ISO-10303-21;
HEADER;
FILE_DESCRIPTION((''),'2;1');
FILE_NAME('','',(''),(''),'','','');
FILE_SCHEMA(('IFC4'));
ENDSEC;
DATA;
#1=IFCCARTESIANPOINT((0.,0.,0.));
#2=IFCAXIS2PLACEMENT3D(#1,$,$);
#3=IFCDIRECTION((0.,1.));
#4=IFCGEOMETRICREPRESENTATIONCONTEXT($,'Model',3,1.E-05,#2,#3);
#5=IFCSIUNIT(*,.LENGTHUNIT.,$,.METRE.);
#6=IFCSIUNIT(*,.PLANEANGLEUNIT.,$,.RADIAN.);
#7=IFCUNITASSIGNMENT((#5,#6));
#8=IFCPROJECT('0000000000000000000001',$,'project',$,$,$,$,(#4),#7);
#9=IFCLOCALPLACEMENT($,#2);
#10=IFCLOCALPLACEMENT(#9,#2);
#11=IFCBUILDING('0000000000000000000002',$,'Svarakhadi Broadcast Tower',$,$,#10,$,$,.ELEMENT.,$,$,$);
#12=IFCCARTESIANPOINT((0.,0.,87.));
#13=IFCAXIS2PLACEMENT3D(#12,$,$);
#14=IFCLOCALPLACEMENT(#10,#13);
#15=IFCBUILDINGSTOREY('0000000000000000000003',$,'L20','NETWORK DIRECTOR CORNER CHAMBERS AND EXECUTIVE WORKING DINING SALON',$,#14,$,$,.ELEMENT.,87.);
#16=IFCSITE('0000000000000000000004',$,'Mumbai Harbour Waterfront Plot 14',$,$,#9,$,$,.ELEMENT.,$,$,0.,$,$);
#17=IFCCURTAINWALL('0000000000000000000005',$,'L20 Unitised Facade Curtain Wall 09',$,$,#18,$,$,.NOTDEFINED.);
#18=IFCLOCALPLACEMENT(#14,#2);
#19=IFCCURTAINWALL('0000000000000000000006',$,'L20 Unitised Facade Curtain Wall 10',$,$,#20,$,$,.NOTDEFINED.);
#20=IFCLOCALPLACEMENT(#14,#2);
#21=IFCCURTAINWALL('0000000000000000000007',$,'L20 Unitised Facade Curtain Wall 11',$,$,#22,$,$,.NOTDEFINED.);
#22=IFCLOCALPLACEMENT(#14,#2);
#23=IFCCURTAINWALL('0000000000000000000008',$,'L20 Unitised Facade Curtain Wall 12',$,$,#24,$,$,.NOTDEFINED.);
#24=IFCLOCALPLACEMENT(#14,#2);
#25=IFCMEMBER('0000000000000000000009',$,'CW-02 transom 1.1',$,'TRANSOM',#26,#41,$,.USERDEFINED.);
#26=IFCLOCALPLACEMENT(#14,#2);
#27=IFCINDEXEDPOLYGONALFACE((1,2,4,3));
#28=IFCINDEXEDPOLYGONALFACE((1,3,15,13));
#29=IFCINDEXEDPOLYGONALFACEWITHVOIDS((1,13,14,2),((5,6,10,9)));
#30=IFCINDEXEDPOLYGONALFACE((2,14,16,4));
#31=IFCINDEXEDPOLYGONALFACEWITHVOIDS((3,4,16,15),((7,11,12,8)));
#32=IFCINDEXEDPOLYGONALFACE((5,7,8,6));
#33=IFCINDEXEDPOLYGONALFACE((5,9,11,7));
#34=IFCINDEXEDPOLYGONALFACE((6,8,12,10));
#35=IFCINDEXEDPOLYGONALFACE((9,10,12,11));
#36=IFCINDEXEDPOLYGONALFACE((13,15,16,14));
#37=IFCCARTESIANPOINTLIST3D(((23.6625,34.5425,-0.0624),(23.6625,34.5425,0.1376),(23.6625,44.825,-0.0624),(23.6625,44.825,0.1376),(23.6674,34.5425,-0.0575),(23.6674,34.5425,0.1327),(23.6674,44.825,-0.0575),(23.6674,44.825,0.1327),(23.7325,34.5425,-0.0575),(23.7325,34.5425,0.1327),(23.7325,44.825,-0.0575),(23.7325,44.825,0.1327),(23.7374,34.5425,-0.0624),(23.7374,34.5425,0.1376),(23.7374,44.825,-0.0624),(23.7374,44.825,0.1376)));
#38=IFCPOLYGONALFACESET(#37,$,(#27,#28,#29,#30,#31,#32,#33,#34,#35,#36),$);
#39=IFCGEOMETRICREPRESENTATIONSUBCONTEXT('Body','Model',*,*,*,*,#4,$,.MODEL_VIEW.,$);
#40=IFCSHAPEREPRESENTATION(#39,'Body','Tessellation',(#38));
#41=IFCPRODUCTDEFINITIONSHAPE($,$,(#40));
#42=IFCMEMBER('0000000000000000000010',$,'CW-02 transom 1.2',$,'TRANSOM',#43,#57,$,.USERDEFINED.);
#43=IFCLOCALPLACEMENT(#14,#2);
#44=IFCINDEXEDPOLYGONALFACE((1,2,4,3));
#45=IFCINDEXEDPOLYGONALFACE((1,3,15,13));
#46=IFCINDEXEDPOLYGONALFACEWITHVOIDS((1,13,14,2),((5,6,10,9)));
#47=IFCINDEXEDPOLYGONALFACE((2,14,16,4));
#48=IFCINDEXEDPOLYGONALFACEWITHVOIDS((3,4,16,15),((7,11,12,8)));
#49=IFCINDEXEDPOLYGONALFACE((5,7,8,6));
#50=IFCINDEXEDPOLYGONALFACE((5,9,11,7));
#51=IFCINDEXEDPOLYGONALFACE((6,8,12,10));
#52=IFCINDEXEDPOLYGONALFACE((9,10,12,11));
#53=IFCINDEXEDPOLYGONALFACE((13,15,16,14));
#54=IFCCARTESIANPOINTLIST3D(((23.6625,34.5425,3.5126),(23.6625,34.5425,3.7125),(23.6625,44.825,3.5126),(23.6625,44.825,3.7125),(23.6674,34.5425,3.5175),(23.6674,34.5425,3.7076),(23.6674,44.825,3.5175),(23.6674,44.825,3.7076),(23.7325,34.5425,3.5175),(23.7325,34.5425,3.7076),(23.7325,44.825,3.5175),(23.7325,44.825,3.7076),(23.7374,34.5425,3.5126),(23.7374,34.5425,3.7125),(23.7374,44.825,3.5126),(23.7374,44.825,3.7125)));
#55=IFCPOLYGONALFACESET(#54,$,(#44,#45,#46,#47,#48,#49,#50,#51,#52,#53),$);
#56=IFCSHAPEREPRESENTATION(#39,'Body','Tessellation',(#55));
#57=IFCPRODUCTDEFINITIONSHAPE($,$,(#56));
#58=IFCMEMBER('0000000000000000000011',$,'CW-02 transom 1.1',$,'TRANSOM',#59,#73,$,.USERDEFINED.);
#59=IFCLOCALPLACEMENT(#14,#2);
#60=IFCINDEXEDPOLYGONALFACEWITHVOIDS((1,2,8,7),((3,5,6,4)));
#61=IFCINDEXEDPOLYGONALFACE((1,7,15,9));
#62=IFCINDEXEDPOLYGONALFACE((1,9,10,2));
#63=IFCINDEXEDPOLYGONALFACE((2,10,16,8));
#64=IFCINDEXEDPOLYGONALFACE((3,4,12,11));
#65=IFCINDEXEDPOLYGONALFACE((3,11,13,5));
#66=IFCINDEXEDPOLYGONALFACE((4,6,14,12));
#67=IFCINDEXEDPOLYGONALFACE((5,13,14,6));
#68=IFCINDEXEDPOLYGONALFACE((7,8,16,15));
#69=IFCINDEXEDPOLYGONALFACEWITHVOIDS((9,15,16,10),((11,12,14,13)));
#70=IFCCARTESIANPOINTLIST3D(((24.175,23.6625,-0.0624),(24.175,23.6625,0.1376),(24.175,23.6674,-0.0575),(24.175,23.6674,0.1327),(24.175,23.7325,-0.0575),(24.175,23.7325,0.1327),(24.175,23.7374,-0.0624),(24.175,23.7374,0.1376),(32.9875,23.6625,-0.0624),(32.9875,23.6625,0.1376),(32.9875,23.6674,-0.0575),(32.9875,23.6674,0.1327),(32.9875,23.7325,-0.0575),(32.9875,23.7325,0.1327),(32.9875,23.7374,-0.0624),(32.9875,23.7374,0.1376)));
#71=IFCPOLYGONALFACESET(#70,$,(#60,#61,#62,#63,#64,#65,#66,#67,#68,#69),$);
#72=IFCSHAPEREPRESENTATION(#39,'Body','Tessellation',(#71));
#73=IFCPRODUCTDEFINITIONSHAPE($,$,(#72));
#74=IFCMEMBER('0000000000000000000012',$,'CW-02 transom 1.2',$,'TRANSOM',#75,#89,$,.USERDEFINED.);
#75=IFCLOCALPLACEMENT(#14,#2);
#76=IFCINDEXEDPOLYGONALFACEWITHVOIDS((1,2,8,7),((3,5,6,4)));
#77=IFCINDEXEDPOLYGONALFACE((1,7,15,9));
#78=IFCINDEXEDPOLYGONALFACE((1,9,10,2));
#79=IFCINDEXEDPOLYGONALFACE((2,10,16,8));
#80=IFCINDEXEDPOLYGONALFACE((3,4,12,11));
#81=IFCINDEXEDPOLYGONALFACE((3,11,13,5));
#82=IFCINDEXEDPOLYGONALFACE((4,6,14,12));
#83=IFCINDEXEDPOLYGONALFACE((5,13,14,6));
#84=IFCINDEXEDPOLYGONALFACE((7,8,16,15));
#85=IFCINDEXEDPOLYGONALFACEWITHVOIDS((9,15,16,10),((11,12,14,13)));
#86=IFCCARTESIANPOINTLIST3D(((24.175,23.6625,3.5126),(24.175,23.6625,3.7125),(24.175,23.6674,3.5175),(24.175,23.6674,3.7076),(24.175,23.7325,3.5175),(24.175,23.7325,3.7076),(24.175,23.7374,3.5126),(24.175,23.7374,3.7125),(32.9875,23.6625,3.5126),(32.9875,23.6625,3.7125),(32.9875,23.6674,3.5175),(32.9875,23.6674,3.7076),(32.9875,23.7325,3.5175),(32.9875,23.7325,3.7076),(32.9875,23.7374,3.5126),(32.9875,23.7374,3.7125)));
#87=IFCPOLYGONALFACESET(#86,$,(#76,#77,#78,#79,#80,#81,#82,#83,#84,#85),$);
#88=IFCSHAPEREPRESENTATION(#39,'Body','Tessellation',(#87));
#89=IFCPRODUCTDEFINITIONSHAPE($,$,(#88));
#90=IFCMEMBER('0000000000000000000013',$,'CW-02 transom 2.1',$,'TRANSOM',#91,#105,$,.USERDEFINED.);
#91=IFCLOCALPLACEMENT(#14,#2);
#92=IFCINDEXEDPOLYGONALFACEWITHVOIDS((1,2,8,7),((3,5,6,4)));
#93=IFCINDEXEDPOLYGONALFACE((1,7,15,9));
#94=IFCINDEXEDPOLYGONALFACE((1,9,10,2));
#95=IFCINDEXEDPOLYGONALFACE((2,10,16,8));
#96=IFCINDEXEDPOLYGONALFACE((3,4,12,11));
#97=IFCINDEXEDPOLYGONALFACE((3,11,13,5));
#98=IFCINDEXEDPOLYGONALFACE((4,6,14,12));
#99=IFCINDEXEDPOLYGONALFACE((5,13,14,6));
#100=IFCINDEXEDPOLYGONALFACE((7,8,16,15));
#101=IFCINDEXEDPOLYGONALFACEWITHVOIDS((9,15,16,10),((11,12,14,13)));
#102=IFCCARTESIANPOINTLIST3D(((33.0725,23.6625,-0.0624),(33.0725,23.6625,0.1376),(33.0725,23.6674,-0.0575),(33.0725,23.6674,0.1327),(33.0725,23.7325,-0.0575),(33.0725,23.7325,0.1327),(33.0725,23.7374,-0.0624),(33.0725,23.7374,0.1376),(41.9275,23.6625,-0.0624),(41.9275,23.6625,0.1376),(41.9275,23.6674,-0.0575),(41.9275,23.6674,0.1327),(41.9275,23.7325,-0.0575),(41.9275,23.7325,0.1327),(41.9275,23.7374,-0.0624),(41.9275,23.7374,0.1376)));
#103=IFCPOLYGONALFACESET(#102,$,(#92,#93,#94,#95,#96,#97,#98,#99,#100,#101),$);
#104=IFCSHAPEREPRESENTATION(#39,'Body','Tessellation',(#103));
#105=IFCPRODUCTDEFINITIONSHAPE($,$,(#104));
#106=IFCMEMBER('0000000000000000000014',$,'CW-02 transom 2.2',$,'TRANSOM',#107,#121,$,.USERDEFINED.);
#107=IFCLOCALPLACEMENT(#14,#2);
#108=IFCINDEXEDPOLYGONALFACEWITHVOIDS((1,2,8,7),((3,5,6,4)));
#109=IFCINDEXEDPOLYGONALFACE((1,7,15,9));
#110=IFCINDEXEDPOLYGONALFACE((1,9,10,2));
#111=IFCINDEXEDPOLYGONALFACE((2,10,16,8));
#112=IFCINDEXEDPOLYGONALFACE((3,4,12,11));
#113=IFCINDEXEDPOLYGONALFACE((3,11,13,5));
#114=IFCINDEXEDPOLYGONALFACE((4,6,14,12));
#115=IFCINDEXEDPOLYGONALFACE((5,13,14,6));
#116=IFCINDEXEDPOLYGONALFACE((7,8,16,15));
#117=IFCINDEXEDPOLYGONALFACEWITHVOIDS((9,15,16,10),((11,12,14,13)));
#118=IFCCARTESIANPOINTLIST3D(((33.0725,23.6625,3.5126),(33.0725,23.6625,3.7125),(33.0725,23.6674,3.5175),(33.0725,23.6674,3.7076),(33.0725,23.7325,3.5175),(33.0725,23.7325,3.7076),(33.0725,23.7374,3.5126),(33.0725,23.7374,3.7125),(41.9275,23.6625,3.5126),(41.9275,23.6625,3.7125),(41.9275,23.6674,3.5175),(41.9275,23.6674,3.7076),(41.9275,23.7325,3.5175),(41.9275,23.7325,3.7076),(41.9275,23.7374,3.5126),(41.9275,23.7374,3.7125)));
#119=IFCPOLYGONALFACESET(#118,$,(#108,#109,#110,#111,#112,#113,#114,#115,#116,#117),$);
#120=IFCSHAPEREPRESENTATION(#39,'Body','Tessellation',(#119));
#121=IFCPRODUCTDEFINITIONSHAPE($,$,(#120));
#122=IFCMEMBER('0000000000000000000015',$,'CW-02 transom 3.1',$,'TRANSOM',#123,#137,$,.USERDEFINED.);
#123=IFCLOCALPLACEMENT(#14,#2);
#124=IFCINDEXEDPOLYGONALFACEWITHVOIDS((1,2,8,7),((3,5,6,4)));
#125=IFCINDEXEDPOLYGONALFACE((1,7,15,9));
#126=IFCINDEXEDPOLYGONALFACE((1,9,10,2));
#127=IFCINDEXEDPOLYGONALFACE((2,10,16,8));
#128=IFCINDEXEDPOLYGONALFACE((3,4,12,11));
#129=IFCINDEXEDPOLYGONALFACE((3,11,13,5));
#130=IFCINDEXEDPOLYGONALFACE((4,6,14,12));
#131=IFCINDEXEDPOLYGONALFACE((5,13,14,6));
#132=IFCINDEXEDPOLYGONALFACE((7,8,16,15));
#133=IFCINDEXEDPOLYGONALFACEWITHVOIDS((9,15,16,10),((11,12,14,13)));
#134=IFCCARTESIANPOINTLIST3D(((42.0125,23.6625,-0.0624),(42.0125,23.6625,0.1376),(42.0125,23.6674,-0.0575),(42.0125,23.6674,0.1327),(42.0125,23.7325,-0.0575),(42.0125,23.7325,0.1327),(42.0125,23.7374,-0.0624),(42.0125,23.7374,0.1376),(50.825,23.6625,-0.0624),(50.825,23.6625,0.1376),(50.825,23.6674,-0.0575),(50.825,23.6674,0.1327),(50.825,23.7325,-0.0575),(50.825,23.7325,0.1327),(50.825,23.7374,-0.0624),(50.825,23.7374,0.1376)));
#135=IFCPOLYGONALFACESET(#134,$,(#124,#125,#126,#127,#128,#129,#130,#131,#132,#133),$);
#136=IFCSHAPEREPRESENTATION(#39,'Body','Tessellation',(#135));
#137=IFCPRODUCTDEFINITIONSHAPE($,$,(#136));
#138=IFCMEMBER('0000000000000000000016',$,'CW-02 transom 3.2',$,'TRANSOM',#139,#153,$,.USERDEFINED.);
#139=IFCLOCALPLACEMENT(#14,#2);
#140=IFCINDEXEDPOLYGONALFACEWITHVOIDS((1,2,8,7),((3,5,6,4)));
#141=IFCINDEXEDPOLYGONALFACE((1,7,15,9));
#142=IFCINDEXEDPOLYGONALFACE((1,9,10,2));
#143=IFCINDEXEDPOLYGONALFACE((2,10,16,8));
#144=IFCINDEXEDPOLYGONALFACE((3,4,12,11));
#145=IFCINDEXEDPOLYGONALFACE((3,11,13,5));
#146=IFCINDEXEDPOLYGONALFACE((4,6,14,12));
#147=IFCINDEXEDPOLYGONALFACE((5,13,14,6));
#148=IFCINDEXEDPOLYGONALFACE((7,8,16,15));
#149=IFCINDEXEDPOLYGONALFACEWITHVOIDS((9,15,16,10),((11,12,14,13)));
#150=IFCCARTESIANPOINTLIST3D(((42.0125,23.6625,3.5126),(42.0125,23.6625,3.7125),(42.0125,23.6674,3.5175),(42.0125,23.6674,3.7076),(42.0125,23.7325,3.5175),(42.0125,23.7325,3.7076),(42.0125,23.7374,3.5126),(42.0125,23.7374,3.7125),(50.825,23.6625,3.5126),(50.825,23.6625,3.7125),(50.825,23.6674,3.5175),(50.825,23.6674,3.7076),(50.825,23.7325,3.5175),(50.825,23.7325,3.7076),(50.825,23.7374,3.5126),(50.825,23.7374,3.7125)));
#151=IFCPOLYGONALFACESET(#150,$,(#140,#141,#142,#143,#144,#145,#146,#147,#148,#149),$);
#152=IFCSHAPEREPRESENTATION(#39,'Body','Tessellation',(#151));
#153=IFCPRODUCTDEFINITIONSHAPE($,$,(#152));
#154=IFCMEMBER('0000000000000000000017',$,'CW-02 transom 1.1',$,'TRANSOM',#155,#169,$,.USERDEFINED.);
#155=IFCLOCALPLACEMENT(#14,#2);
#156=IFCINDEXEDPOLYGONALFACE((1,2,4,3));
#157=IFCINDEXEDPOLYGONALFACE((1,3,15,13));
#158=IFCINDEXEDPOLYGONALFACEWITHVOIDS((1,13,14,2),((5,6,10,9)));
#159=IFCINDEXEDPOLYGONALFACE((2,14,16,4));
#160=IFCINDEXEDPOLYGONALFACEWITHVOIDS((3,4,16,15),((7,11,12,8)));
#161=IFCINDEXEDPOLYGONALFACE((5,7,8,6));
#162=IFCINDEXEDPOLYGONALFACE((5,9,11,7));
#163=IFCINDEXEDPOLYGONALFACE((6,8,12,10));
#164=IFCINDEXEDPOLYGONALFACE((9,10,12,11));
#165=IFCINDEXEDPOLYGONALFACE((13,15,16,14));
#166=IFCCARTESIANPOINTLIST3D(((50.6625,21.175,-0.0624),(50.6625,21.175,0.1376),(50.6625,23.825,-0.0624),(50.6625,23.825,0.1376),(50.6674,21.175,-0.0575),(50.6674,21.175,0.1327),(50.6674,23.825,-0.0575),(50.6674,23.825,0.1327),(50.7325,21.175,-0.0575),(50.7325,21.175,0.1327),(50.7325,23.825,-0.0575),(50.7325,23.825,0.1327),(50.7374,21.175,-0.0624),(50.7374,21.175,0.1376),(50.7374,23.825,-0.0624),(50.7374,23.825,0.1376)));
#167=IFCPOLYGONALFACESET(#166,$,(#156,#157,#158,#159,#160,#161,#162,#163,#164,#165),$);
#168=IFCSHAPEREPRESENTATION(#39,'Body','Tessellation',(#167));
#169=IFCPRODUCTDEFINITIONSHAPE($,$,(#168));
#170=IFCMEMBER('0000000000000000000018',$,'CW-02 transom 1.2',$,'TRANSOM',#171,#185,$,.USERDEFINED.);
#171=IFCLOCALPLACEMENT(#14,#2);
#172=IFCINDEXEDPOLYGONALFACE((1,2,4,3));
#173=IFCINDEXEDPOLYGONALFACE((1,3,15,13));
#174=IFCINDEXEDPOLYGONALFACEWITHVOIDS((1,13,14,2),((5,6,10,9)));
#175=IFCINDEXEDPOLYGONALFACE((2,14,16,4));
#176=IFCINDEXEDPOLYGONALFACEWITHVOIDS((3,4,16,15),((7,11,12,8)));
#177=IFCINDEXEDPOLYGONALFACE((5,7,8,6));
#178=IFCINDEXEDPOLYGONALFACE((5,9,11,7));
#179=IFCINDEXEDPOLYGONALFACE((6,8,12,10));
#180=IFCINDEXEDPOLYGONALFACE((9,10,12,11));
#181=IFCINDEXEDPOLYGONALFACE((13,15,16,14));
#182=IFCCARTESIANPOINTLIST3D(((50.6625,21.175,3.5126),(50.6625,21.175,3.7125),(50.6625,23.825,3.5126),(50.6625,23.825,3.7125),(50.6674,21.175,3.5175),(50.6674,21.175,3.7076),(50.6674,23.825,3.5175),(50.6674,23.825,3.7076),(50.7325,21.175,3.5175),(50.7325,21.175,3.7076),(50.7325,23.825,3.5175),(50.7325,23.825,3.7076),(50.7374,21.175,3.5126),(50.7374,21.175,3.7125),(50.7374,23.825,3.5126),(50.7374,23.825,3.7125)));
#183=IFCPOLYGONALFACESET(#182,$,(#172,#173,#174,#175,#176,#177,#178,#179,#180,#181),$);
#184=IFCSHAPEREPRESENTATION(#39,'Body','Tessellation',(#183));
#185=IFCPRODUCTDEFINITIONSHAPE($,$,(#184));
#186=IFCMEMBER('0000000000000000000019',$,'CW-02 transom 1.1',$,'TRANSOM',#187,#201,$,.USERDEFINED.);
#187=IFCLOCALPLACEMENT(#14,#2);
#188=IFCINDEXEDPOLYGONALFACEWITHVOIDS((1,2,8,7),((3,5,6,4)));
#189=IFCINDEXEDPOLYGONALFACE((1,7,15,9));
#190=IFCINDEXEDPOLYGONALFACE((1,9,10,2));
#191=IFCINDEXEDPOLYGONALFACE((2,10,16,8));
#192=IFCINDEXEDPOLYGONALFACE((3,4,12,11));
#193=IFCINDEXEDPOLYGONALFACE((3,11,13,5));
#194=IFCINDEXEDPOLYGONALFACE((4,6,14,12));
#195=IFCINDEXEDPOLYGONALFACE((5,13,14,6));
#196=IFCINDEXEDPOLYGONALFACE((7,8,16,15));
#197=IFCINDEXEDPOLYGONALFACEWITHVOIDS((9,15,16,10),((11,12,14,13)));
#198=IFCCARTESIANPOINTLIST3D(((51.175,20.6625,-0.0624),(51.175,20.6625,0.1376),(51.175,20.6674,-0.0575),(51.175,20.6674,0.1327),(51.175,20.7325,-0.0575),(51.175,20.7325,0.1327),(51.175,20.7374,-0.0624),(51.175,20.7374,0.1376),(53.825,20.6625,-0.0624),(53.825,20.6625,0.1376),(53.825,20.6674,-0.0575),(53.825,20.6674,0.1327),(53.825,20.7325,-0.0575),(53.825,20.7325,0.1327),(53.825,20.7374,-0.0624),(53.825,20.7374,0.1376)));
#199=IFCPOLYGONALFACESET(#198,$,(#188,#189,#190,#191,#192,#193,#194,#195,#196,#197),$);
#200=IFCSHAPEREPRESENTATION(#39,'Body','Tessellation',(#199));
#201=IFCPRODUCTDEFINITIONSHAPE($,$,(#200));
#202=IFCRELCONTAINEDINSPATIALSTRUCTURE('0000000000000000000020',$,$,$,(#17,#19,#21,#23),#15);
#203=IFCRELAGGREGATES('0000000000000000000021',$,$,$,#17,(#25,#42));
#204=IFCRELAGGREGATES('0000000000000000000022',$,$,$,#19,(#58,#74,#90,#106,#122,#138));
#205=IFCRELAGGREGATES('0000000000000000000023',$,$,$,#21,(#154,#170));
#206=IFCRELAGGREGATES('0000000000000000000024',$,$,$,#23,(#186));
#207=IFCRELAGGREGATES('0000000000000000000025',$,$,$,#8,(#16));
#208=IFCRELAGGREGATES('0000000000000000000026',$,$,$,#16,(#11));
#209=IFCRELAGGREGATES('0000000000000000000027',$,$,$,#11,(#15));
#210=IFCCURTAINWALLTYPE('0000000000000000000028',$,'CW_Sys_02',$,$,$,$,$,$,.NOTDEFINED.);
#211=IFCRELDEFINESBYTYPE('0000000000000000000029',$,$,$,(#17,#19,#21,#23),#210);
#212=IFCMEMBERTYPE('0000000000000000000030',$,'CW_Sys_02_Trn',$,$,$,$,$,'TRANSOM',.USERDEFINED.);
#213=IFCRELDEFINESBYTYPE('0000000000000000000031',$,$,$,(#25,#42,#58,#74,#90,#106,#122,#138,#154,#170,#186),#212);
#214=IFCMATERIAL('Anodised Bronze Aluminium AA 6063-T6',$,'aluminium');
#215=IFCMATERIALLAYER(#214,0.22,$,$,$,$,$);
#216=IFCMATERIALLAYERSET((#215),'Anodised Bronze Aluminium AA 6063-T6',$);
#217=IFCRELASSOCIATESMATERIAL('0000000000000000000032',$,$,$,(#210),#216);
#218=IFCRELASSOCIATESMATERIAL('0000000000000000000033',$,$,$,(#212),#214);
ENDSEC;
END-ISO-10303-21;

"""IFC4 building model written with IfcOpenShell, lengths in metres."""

from ifc_helpers import new_model, si_unit, direction, frame, origin, origin_2d, place, context, subcontext, project, spatial, hollow_rectangle, extrude, material, layer, layer_set, material_profile, profile_set, type_object, element, aggregate, save


model = new_model("IFC4")

# Units and contexts
model_context = context("Model", 3, precision=1e-05, world=origin(), true_north=direction((0.0, 1.0)))
body_context = subcontext(model_context, "Body", "Model", "MODEL_VIEW")
ifc_project = project(units=[si_unit("LENGTHUNIT", "METRE"), si_unit("PLANEANGLEUNIT", "RADIAN")], contexts=[model_context])

# Site, building, storey
site_placement = place(None, origin())
site = spatial("IfcSite", under=ifc_project, at=site_placement, Name="Mumbai Harbour Waterfront Plot 14", CompositionType="ELEMENT", RefElevation=0.0)
building_placement = place(site_placement, origin())
building = spatial("IfcBuilding", under=site, at=building_placement, Name="Svarakhadi Broadcast Tower", CompositionType="ELEMENT")
storey_placement = place(building_placement, frame((0.0, 0.0, 87.0)))
storey = spatial("IfcBuildingStorey", under=building, at=storey_placement, Name="L20", Description="NETWORK DIRECTOR CORNER CHAMBERS AND EXECUTIVE WORKING DINING SALON", CompositionType="ELEMENT", Elevation=87.0)

# Curtain wall
ifc_material_1 = material(Name="Anodised Bronze Aluminium AA 6063-T6", Category="aluminium")
ifc_layer_1 = layer(ifc_material_1, 0.22)
ifc_layer_set_1 = layer_set([ifc_layer_1], Name="Anodised Bronze Aluminium AA 6063-T6")
curtain_wall_type = type_object("IfcCurtainWallType", Name="CW_Sys_02", PredefinedType="NOTDEFINED", material=ifc_layer_set_1)
curtain_wall_1_placement = place(storey_placement, origin())
curtain_wall_1 = element("IfcCurtainWall", 1, at=curtain_wall_1_placement, inside=storey, type_object=curtain_wall_type, Name="L20 Unitised Facade Curtain Wall 09", PredefinedType="NOTDEFINED")

# Curtain walls
curtain_wall_2_placement = place(storey_placement, origin())
curtain_wall_2 = element("IfcCurtainWall", 2, at=curtain_wall_2_placement, inside=storey, type_object=curtain_wall_type, Name="L20 Unitised Facade Curtain Wall 10", PredefinedType="NOTDEFINED")
curtain_wall_3_placement = place(storey_placement, origin())
curtain_wall_3 = element("IfcCurtainWall", 3, at=curtain_wall_3_placement, inside=storey, type_object=curtain_wall_type, Name="L20 Unitised Facade Curtain Wall 11", PredefinedType="NOTDEFINED")
curtain_wall_4_placement = place(storey_placement, origin())
curtain_wall_4 = element("IfcCurtainWall", 4, at=curtain_wall_4_placement, inside=storey, type_object=curtain_wall_type, Name="L20 Unitised Facade Curtain Wall 12", PredefinedType="NOTDEFINED")

# Members
ifc_material_profile_1 = material_profile(ifc_material_1, hollow_rectangle(XDim=0.075, YDim=0.2, WallThickness=0.0049, at=origin_2d()), Name="ALU TRANSOM 200x75x5")
ifc_profile_set_1 = profile_set([ifc_material_profile_1], Name="Anodised Bronze Aluminium AA 6063-T6")
member_type_1 = type_object("IfcMemberType", Name="CW_Sys_02_Trn", ElementType="TRANSOM", PredefinedType="USERDEFINED", material=ifc_profile_set_1)
member_1_placement = place(storey_placement, frame((23.7, 44.825, 0.0376), z_axis=(0.0, -1.0, 0.0), x_axis=(1.0, 0.0, 0.0)))
member_1 = element("IfcMember", 5, at=member_1_placement, type_object=member_type_1, Name="CW-02 transom 1.1", ObjectType="TRANSOM", PredefinedType="USERDEFINED", context=body_context, shape_type="SweptSolid", body=[
    extrude(hollow_rectangle(XDim=0.075, YDim=0.2, WallThickness=0.0049, at=origin_2d()), origin(), (0.0, 0.0, 1.0), 10.2825),
])
member_2_placement = place(storey_placement, frame((23.7, 44.825, 3.6125), z_axis=(0.0, -1.0, 0.0), x_axis=(1.0, 0.0, 0.0)))
member_2 = element("IfcMember", 6, at=member_2_placement, type_object=member_type_1, Name="CW-02 transom 1.2", ObjectType="TRANSOM", PredefinedType="USERDEFINED", context=body_context, shape_type="SweptSolid", body=[
    extrude(hollow_rectangle(XDim=0.075, YDim=0.2, WallThickness=0.0049, at=origin_2d()), origin(), (0.0, 0.0, 1.0), 10.2825),
])
member_3_placement = place(storey_placement, frame((24.175, 23.7, 0.0376), z_axis=(1.0, 0.0, 0.0), x_axis=(0.0, 1.0, 0.0)))
member_3 = element("IfcMember", 7, at=member_3_placement, type_object=member_type_1, Name="CW-02 transom 1.1", ObjectType="TRANSOM", PredefinedType="USERDEFINED", context=body_context, shape_type="SweptSolid", body=[
    extrude(hollow_rectangle(XDim=0.075, YDim=0.2, WallThickness=0.0049, at=origin_2d()), origin(), (0.0, 0.0, 1.0), 8.8125),
])
member_4_placement = place(storey_placement, frame((24.175, 23.7, 3.6125), z_axis=(1.0, 0.0, 0.0), x_axis=(0.0, 1.0, 0.0)))
member_4 = element("IfcMember", 8, at=member_4_placement, type_object=member_type_1, Name="CW-02 transom 1.2", ObjectType="TRANSOM", PredefinedType="USERDEFINED", context=body_context, shape_type="SweptSolid", body=[
    extrude(hollow_rectangle(XDim=0.075, YDim=0.2, WallThickness=0.0049, at=origin_2d()), origin(), (0.0, 0.0, 1.0), 8.8125),
])
member_5_placement = place(storey_placement, frame((33.0725, 23.7, 0.0376), z_axis=(1.0, 0.0, 0.0), x_axis=(0.0, 1.0, 0.0)))
member_5 = element("IfcMember", 9, at=member_5_placement, type_object=member_type_1, Name="CW-02 transom 2.1", ObjectType="TRANSOM", PredefinedType="USERDEFINED", context=body_context, shape_type="SweptSolid", body=[
    extrude(hollow_rectangle(XDim=0.075, YDim=0.2, WallThickness=0.0049, at=origin_2d()), origin(), (0.0, 0.0, 1.0), 8.855),
])
member_6_placement = place(storey_placement, frame((33.0725, 23.7, 3.6125), z_axis=(1.0, 0.0, 0.0), x_axis=(0.0, 1.0, 0.0)))
member_6 = element("IfcMember", 10, at=member_6_placement, type_object=member_type_1, Name="CW-02 transom 2.2", ObjectType="TRANSOM", PredefinedType="USERDEFINED", context=body_context, shape_type="SweptSolid", body=[
    extrude(hollow_rectangle(XDim=0.075, YDim=0.2, WallThickness=0.0049, at=origin_2d()), origin(), (0.0, 0.0, 1.0), 8.855),
])
member_7_placement = place(storey_placement, frame((42.0125, 23.7, 0.0376), z_axis=(1.0, 0.0, 0.0), x_axis=(0.0, 1.0, 0.0)))
member_7 = element("IfcMember", 11, at=member_7_placement, type_object=member_type_1, Name="CW-02 transom 3.1", ObjectType="TRANSOM", PredefinedType="USERDEFINED", context=body_context, shape_type="SweptSolid", body=[
    extrude(hollow_rectangle(XDim=0.075, YDim=0.2, WallThickness=0.0049, at=origin_2d()), origin(), (0.0, 0.0, 1.0), 8.8125),
])
member_8_placement = place(storey_placement, frame((42.0125, 23.7, 3.6125), z_axis=(1.0, 0.0, 0.0), x_axis=(0.0, 1.0, 0.0)))
member_8 = element("IfcMember", 12, at=member_8_placement, type_object=member_type_1, Name="CW-02 transom 3.2", ObjectType="TRANSOM", PredefinedType="USERDEFINED", context=body_context, shape_type="SweptSolid", body=[
    extrude(hollow_rectangle(XDim=0.075, YDim=0.2, WallThickness=0.0049, at=origin_2d()), origin(), (0.0, 0.0, 1.0), 8.8125),
])
member_9_placement = place(storey_placement, frame((50.7, 23.825, 0.0376), z_axis=(0.0, -1.0, 0.0), x_axis=(1.0, 0.0, 0.0)))
member_9 = element("IfcMember", 13, at=member_9_placement, type_object=member_type_1, Name="CW-02 transom 1.1", ObjectType="TRANSOM", PredefinedType="USERDEFINED", context=body_context, shape_type="SweptSolid", body=[
    extrude(hollow_rectangle(XDim=0.075, YDim=0.2, WallThickness=0.0049, at=origin_2d()), origin(), (0.0, 0.0, 1.0), 2.6499),
])
member_10_placement = place(storey_placement, frame((50.7, 23.825, 3.6125), z_axis=(0.0, -1.0, 0.0), x_axis=(1.0, 0.0, 0.0)))
member_10 = element("IfcMember", 14, at=member_10_placement, type_object=member_type_1, Name="CW-02 transom 1.2", ObjectType="TRANSOM", PredefinedType="USERDEFINED", context=body_context, shape_type="SweptSolid", body=[
    extrude(hollow_rectangle(XDim=0.075, YDim=0.2, WallThickness=0.0049, at=origin_2d()), origin(), (0.0, 0.0, 1.0), 2.6499),
])
member_11_placement = place(storey_placement, frame((51.175, 20.7, 0.0376), z_axis=(1.0, 0.0, 0.0), x_axis=(0.0, 1.0, 0.0)))
member_11 = element("IfcMember", 15, at=member_11_placement, type_object=member_type_1, Name="CW-02 transom 1.1", ObjectType="TRANSOM", PredefinedType="USERDEFINED", context=body_context, shape_type="SweptSolid", body=[
    extrude(hollow_rectangle(XDim=0.075, YDim=0.2, WallThickness=0.0049, at=origin_2d()), origin(), (0.0, 0.0, 1.0), 2.6499),
])

aggregate(curtain_wall_1, [member_1, member_2])
aggregate(curtain_wall_2, [member_3, member_4, member_5, member_6, member_7, member_8])
aggregate(curtain_wall_3, [member_9, member_10])
aggregate(curtain_wall_4, [member_11])

save(model, "model.ifc")
